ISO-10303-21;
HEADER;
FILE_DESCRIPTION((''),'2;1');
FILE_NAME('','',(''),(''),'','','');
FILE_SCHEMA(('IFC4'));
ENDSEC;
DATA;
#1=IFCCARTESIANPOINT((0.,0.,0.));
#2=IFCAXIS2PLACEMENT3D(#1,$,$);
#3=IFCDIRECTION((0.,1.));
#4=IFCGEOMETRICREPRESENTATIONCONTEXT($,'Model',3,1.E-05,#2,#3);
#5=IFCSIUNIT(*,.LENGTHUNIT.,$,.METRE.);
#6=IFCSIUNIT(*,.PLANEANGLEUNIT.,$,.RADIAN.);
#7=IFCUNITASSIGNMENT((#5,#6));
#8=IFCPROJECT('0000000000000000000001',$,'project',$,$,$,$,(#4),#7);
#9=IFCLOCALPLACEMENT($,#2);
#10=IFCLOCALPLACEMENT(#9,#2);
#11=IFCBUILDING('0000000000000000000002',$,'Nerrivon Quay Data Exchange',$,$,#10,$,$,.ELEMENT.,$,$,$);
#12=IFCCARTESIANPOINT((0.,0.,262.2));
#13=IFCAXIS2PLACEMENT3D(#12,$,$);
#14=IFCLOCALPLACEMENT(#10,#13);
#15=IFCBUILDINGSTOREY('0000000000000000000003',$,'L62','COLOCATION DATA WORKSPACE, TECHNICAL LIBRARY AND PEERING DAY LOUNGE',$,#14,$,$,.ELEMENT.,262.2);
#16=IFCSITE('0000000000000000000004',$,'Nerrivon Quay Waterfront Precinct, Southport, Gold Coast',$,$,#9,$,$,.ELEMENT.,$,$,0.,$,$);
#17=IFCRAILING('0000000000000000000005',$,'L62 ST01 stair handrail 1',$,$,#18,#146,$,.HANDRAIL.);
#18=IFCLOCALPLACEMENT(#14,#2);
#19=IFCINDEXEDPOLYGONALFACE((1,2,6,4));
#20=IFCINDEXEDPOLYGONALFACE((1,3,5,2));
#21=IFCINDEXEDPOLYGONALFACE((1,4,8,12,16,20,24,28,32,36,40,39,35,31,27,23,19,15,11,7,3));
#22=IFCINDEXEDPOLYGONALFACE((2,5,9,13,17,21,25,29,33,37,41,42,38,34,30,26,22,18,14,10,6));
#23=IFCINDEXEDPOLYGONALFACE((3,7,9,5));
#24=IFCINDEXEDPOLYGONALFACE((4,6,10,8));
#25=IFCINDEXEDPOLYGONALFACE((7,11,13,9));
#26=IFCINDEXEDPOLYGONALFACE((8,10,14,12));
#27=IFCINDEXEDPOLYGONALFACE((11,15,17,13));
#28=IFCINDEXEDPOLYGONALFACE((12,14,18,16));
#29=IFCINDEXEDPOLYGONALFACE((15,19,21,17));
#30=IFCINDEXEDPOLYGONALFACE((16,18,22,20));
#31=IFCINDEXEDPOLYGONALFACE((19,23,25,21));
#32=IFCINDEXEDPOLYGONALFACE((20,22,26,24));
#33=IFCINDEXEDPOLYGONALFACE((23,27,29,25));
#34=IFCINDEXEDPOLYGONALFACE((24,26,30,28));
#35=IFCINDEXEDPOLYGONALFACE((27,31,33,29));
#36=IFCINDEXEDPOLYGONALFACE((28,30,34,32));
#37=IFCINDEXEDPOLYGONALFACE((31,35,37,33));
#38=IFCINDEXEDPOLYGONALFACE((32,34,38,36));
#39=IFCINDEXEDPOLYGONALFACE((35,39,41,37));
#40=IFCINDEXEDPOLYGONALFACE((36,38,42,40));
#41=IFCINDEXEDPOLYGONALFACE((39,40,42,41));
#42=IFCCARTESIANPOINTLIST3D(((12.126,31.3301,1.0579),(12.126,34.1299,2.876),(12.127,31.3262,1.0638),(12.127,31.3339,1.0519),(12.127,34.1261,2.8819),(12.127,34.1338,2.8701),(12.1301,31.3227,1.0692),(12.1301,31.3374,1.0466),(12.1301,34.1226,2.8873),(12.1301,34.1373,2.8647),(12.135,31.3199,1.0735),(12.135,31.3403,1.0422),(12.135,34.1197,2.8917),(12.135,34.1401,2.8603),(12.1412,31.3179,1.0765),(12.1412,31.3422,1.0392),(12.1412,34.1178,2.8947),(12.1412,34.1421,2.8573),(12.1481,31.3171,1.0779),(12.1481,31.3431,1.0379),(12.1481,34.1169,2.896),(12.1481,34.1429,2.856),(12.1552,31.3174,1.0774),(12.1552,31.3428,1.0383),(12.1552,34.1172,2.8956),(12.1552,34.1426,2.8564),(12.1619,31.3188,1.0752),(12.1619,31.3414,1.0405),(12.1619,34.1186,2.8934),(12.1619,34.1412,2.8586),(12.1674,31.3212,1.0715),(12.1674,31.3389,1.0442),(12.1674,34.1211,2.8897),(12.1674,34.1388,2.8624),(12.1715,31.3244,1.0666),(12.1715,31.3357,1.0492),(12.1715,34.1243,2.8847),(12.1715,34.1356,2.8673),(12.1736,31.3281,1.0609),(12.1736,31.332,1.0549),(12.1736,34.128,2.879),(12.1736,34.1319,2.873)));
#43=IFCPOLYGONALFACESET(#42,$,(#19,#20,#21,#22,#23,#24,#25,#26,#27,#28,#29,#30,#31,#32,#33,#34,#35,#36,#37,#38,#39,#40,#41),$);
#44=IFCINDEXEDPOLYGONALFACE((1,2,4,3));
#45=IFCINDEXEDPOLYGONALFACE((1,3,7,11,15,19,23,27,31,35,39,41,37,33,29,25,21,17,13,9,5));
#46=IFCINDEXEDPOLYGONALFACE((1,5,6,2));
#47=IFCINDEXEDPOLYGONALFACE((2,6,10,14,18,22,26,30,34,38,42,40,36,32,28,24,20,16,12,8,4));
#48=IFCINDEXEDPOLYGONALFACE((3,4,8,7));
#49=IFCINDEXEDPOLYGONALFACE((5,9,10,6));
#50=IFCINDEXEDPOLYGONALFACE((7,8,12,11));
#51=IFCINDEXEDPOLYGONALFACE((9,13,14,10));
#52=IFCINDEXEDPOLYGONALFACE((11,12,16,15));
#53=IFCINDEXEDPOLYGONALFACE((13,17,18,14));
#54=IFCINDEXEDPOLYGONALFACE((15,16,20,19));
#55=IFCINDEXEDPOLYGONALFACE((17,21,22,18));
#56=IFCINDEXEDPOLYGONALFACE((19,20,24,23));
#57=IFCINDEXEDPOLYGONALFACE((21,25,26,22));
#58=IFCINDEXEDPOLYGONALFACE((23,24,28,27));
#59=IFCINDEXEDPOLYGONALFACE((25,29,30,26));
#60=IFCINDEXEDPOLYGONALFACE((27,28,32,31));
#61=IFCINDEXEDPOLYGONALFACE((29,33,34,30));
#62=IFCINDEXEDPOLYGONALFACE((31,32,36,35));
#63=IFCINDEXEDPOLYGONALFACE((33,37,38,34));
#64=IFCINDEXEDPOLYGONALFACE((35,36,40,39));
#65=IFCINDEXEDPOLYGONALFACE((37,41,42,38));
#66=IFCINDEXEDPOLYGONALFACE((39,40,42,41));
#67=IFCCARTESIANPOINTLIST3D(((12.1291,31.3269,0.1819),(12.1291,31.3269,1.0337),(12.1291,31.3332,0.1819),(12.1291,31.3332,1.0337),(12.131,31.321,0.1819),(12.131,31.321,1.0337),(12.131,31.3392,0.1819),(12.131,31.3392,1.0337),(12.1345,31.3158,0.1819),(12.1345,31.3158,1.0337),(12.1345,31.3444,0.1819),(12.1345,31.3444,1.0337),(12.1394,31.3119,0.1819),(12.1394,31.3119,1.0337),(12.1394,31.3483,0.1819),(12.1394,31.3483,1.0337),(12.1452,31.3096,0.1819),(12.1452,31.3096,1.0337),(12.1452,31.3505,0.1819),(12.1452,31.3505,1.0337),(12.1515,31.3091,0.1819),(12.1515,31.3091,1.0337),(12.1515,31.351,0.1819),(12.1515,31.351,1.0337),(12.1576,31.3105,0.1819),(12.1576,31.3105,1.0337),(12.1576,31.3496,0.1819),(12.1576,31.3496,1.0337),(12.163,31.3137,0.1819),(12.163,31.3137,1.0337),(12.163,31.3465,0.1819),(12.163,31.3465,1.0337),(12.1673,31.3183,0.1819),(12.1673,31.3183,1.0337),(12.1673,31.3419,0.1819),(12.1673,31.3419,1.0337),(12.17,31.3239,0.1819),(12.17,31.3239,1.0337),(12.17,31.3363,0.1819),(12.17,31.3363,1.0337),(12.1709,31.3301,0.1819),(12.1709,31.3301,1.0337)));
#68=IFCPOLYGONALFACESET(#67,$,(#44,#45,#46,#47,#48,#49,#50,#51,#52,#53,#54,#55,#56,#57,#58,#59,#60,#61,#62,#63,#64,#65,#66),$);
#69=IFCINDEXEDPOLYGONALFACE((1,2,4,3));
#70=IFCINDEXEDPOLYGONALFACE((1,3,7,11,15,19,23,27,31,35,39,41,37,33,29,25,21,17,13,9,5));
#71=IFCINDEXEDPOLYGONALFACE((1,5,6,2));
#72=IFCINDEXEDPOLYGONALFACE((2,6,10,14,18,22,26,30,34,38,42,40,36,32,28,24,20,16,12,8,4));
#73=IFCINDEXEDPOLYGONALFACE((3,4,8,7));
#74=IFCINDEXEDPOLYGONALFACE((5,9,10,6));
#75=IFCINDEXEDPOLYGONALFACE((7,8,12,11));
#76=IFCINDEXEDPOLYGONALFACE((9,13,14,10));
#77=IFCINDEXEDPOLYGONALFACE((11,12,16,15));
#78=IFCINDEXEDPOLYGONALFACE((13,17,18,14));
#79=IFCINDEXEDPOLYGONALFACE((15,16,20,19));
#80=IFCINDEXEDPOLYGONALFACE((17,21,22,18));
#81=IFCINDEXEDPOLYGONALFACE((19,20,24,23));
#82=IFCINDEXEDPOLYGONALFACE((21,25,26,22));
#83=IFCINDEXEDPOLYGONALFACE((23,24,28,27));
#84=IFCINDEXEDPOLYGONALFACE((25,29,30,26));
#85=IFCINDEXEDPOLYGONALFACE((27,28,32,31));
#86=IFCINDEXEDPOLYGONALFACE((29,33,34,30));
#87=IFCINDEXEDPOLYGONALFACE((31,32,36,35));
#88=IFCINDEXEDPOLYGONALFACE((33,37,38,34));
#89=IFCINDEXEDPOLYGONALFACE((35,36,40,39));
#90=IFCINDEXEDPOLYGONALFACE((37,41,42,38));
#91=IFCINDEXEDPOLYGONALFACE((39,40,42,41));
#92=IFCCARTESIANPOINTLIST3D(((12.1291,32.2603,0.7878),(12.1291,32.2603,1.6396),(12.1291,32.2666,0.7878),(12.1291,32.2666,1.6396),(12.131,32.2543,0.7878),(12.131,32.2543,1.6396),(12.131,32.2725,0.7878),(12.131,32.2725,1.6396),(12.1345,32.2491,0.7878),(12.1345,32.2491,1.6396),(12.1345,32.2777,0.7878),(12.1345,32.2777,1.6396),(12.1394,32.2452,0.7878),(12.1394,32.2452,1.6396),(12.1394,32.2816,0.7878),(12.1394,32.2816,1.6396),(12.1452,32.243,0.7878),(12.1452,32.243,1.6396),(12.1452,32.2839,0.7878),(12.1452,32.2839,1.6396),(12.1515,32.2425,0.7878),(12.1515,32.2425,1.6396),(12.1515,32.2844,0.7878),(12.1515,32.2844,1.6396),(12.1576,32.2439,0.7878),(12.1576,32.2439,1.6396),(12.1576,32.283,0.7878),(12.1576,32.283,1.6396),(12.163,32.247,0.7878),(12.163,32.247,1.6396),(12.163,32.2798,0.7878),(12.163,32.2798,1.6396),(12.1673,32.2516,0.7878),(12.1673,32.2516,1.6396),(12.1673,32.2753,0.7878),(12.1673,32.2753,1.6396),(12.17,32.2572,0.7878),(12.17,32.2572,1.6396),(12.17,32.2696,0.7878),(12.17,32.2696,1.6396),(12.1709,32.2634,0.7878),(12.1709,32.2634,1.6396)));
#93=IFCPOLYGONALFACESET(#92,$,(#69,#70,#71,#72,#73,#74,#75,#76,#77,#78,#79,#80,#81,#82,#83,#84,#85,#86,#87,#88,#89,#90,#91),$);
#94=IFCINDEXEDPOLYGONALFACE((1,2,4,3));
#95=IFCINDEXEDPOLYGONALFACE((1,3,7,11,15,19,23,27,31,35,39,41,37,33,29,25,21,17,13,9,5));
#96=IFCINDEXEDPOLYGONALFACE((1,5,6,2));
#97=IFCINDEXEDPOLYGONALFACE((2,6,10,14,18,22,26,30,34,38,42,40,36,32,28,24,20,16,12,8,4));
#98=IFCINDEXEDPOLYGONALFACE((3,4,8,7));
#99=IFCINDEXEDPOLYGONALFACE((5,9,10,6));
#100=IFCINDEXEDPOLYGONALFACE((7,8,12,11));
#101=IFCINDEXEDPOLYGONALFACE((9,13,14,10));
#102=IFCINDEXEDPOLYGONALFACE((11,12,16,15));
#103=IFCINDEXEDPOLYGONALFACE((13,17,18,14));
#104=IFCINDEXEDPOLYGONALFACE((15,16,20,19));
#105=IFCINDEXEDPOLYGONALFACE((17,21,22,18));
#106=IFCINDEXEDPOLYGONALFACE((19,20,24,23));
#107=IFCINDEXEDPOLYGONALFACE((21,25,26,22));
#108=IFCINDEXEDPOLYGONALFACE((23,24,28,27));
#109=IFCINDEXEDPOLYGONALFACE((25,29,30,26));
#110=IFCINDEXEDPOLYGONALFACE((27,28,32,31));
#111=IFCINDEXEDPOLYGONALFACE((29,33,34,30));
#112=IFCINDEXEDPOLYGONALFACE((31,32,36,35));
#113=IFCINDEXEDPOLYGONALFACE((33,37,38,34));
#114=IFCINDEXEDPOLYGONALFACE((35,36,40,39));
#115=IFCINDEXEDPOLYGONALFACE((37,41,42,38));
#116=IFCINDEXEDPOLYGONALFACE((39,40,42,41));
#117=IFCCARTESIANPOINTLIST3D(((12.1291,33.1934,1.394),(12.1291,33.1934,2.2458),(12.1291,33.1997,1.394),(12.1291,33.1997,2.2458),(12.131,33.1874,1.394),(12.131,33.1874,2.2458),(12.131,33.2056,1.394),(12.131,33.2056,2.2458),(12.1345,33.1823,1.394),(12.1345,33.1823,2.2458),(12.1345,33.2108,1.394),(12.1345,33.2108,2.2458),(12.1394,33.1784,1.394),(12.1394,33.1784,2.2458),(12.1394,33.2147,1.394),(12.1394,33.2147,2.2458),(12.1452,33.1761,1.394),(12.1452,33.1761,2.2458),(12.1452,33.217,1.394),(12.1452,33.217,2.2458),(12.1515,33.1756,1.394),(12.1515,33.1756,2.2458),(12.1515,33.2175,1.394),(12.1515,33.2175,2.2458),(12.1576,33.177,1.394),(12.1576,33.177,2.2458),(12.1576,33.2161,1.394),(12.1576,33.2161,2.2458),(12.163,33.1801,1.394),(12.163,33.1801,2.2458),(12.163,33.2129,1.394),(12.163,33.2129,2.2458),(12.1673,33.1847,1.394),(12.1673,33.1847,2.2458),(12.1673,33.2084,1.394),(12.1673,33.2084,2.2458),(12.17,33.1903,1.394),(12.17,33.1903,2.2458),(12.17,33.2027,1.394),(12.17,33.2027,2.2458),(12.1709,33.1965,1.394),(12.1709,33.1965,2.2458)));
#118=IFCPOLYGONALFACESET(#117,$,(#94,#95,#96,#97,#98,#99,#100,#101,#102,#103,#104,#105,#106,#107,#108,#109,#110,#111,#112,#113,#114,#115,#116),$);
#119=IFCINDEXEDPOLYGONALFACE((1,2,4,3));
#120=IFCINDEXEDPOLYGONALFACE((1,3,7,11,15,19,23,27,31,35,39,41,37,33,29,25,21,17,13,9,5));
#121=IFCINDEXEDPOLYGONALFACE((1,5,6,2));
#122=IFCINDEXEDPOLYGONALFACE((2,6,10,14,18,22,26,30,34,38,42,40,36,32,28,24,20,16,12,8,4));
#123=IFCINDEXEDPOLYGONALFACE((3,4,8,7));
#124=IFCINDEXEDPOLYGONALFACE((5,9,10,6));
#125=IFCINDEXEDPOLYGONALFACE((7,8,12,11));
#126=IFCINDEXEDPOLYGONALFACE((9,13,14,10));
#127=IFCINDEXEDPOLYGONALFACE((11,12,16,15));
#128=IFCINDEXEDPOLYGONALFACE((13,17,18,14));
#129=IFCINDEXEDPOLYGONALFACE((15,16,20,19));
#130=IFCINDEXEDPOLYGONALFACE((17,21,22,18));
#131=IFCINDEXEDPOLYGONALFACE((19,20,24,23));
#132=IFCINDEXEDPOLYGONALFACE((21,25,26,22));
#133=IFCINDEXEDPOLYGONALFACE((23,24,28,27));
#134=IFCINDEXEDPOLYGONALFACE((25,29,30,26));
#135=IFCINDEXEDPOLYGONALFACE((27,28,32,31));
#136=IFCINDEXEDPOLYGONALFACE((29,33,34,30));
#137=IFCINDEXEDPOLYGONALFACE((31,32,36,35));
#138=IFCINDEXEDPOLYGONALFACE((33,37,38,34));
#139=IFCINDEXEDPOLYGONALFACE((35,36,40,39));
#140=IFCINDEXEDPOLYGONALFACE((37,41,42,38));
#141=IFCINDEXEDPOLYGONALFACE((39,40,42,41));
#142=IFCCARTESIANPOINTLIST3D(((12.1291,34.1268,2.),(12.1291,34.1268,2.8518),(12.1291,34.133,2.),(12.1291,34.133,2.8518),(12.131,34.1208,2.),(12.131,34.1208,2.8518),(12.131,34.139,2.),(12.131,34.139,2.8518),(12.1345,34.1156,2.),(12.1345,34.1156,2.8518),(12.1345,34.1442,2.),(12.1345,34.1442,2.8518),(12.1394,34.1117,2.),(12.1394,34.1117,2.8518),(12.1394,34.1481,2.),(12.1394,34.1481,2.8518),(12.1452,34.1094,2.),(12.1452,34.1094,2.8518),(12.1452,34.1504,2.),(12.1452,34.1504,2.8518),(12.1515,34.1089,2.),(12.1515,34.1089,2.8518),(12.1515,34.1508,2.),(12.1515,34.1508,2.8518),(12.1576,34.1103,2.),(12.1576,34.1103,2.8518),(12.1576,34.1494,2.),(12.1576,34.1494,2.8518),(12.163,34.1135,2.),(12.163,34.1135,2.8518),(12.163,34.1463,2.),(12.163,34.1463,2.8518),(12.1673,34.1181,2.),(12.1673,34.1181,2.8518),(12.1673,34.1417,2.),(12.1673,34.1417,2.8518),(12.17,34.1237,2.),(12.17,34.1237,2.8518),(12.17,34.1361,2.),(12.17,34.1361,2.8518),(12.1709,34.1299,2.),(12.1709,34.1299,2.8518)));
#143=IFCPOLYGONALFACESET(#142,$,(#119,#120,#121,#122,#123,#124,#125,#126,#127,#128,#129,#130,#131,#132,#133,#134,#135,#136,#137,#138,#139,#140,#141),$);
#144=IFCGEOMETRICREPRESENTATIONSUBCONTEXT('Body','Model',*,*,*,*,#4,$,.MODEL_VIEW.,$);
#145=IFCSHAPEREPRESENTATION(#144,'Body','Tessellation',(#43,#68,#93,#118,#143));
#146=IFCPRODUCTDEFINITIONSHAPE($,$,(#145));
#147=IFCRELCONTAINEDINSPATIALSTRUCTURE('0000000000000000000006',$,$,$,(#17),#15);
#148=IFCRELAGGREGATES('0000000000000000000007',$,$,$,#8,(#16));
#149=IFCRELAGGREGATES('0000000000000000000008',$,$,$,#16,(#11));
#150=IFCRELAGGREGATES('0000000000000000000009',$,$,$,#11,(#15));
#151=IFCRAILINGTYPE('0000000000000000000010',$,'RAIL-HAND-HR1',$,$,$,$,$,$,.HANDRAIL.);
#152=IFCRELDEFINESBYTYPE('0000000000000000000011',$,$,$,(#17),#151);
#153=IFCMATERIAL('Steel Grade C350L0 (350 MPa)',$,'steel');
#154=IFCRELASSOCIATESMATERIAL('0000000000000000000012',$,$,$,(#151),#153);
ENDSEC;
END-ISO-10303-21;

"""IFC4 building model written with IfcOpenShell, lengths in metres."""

from ifc_helpers import new_model, si_unit, direction, frame, origin, origin_2d, place, context, subcontext, project, spatial, circle, extrude, material, type_object, element, save


model = new_model("IFC4")

# Units and contexts
model_context = context("Model", 3, precision=1e-05, world=origin(), true_north=direction((0.0, 1.0)))
body_context = subcontext(model_context, "Body", "Model", "MODEL_VIEW")
ifc_project = project(units=[si_unit("LENGTHUNIT", "METRE"), si_unit("PLANEANGLEUNIT", "RADIAN")], contexts=[model_context])

# Site, building, storey
site_placement = place(None, origin())
site = spatial("IfcSite", under=ifc_project, at=site_placement, Name="Nerrivon Quay Waterfront Precinct, Southport, Gold Coast", CompositionType="ELEMENT", RefElevation=0.0)
building_placement = place(site_placement, origin())
building = spatial("IfcBuilding", under=site, at=building_placement, Name="Nerrivon Quay Data Exchange", CompositionType="ELEMENT")
storey_placement = place(building_placement, frame((0.0, 0.0, 262.2)))
storey = spatial("IfcBuildingStorey", under=building, at=storey_placement, Name="L62", Description="COLOCATION DATA WORKSPACE, TECHNICAL LIBRARY AND PEERING DAY LOUNGE", CompositionType="ELEMENT", Elevation=262.2)

# Railing
ifc_material_1 = material(Name="Steel Grade C350L0 (350 MPa)", Category="steel")
railing_type_1 = type_object("IfcRailingType", Name="RAIL-HAND-HR1", PredefinedType="HANDRAIL", material=ifc_material_1)
railing_1_placement = place(storey_placement, frame((12.1499, 31.3301, 0.1819)))
element("IfcRailing", 1, at=railing_1_placement, inside=storey, type_object=railing_type_1, Name="L62 ST01 stair handrail 1", PredefinedType="HANDRAIL", context=body_context, shape_type="SweptSolid", body=[
    extrude(circle(Radius=0.0239, at=origin_2d()), frame((0.0, 0.0, 0.876), z_axis=(0.0, 0.838684, 0.544618), x_axis=(-1.0, 0.0, 0.0)), (0.0, 0.0, 1.0), 3.3384),
    extrude(circle(Radius=0.021, at=origin_2d()), origin(), (0.0, 0.0, 1.0), 0.8518),
    extrude(circle(Radius=0.021, at=origin_2d()), frame((0.0, 0.9333, 0.606)), (0.0, 0.0, 1.0), 0.8518),
    extrude(circle(Radius=0.021, at=origin_2d()), frame((0.0, 1.8665, 1.2122)), (0.0, 0.0, 1.0), 0.8518),
    extrude(circle(Radius=0.021, at=origin_2d()), frame((0.0, 2.7998, 1.8181)), (0.0, 0.0, 1.0), 0.8518),
])

save(model, "model.ifc")
